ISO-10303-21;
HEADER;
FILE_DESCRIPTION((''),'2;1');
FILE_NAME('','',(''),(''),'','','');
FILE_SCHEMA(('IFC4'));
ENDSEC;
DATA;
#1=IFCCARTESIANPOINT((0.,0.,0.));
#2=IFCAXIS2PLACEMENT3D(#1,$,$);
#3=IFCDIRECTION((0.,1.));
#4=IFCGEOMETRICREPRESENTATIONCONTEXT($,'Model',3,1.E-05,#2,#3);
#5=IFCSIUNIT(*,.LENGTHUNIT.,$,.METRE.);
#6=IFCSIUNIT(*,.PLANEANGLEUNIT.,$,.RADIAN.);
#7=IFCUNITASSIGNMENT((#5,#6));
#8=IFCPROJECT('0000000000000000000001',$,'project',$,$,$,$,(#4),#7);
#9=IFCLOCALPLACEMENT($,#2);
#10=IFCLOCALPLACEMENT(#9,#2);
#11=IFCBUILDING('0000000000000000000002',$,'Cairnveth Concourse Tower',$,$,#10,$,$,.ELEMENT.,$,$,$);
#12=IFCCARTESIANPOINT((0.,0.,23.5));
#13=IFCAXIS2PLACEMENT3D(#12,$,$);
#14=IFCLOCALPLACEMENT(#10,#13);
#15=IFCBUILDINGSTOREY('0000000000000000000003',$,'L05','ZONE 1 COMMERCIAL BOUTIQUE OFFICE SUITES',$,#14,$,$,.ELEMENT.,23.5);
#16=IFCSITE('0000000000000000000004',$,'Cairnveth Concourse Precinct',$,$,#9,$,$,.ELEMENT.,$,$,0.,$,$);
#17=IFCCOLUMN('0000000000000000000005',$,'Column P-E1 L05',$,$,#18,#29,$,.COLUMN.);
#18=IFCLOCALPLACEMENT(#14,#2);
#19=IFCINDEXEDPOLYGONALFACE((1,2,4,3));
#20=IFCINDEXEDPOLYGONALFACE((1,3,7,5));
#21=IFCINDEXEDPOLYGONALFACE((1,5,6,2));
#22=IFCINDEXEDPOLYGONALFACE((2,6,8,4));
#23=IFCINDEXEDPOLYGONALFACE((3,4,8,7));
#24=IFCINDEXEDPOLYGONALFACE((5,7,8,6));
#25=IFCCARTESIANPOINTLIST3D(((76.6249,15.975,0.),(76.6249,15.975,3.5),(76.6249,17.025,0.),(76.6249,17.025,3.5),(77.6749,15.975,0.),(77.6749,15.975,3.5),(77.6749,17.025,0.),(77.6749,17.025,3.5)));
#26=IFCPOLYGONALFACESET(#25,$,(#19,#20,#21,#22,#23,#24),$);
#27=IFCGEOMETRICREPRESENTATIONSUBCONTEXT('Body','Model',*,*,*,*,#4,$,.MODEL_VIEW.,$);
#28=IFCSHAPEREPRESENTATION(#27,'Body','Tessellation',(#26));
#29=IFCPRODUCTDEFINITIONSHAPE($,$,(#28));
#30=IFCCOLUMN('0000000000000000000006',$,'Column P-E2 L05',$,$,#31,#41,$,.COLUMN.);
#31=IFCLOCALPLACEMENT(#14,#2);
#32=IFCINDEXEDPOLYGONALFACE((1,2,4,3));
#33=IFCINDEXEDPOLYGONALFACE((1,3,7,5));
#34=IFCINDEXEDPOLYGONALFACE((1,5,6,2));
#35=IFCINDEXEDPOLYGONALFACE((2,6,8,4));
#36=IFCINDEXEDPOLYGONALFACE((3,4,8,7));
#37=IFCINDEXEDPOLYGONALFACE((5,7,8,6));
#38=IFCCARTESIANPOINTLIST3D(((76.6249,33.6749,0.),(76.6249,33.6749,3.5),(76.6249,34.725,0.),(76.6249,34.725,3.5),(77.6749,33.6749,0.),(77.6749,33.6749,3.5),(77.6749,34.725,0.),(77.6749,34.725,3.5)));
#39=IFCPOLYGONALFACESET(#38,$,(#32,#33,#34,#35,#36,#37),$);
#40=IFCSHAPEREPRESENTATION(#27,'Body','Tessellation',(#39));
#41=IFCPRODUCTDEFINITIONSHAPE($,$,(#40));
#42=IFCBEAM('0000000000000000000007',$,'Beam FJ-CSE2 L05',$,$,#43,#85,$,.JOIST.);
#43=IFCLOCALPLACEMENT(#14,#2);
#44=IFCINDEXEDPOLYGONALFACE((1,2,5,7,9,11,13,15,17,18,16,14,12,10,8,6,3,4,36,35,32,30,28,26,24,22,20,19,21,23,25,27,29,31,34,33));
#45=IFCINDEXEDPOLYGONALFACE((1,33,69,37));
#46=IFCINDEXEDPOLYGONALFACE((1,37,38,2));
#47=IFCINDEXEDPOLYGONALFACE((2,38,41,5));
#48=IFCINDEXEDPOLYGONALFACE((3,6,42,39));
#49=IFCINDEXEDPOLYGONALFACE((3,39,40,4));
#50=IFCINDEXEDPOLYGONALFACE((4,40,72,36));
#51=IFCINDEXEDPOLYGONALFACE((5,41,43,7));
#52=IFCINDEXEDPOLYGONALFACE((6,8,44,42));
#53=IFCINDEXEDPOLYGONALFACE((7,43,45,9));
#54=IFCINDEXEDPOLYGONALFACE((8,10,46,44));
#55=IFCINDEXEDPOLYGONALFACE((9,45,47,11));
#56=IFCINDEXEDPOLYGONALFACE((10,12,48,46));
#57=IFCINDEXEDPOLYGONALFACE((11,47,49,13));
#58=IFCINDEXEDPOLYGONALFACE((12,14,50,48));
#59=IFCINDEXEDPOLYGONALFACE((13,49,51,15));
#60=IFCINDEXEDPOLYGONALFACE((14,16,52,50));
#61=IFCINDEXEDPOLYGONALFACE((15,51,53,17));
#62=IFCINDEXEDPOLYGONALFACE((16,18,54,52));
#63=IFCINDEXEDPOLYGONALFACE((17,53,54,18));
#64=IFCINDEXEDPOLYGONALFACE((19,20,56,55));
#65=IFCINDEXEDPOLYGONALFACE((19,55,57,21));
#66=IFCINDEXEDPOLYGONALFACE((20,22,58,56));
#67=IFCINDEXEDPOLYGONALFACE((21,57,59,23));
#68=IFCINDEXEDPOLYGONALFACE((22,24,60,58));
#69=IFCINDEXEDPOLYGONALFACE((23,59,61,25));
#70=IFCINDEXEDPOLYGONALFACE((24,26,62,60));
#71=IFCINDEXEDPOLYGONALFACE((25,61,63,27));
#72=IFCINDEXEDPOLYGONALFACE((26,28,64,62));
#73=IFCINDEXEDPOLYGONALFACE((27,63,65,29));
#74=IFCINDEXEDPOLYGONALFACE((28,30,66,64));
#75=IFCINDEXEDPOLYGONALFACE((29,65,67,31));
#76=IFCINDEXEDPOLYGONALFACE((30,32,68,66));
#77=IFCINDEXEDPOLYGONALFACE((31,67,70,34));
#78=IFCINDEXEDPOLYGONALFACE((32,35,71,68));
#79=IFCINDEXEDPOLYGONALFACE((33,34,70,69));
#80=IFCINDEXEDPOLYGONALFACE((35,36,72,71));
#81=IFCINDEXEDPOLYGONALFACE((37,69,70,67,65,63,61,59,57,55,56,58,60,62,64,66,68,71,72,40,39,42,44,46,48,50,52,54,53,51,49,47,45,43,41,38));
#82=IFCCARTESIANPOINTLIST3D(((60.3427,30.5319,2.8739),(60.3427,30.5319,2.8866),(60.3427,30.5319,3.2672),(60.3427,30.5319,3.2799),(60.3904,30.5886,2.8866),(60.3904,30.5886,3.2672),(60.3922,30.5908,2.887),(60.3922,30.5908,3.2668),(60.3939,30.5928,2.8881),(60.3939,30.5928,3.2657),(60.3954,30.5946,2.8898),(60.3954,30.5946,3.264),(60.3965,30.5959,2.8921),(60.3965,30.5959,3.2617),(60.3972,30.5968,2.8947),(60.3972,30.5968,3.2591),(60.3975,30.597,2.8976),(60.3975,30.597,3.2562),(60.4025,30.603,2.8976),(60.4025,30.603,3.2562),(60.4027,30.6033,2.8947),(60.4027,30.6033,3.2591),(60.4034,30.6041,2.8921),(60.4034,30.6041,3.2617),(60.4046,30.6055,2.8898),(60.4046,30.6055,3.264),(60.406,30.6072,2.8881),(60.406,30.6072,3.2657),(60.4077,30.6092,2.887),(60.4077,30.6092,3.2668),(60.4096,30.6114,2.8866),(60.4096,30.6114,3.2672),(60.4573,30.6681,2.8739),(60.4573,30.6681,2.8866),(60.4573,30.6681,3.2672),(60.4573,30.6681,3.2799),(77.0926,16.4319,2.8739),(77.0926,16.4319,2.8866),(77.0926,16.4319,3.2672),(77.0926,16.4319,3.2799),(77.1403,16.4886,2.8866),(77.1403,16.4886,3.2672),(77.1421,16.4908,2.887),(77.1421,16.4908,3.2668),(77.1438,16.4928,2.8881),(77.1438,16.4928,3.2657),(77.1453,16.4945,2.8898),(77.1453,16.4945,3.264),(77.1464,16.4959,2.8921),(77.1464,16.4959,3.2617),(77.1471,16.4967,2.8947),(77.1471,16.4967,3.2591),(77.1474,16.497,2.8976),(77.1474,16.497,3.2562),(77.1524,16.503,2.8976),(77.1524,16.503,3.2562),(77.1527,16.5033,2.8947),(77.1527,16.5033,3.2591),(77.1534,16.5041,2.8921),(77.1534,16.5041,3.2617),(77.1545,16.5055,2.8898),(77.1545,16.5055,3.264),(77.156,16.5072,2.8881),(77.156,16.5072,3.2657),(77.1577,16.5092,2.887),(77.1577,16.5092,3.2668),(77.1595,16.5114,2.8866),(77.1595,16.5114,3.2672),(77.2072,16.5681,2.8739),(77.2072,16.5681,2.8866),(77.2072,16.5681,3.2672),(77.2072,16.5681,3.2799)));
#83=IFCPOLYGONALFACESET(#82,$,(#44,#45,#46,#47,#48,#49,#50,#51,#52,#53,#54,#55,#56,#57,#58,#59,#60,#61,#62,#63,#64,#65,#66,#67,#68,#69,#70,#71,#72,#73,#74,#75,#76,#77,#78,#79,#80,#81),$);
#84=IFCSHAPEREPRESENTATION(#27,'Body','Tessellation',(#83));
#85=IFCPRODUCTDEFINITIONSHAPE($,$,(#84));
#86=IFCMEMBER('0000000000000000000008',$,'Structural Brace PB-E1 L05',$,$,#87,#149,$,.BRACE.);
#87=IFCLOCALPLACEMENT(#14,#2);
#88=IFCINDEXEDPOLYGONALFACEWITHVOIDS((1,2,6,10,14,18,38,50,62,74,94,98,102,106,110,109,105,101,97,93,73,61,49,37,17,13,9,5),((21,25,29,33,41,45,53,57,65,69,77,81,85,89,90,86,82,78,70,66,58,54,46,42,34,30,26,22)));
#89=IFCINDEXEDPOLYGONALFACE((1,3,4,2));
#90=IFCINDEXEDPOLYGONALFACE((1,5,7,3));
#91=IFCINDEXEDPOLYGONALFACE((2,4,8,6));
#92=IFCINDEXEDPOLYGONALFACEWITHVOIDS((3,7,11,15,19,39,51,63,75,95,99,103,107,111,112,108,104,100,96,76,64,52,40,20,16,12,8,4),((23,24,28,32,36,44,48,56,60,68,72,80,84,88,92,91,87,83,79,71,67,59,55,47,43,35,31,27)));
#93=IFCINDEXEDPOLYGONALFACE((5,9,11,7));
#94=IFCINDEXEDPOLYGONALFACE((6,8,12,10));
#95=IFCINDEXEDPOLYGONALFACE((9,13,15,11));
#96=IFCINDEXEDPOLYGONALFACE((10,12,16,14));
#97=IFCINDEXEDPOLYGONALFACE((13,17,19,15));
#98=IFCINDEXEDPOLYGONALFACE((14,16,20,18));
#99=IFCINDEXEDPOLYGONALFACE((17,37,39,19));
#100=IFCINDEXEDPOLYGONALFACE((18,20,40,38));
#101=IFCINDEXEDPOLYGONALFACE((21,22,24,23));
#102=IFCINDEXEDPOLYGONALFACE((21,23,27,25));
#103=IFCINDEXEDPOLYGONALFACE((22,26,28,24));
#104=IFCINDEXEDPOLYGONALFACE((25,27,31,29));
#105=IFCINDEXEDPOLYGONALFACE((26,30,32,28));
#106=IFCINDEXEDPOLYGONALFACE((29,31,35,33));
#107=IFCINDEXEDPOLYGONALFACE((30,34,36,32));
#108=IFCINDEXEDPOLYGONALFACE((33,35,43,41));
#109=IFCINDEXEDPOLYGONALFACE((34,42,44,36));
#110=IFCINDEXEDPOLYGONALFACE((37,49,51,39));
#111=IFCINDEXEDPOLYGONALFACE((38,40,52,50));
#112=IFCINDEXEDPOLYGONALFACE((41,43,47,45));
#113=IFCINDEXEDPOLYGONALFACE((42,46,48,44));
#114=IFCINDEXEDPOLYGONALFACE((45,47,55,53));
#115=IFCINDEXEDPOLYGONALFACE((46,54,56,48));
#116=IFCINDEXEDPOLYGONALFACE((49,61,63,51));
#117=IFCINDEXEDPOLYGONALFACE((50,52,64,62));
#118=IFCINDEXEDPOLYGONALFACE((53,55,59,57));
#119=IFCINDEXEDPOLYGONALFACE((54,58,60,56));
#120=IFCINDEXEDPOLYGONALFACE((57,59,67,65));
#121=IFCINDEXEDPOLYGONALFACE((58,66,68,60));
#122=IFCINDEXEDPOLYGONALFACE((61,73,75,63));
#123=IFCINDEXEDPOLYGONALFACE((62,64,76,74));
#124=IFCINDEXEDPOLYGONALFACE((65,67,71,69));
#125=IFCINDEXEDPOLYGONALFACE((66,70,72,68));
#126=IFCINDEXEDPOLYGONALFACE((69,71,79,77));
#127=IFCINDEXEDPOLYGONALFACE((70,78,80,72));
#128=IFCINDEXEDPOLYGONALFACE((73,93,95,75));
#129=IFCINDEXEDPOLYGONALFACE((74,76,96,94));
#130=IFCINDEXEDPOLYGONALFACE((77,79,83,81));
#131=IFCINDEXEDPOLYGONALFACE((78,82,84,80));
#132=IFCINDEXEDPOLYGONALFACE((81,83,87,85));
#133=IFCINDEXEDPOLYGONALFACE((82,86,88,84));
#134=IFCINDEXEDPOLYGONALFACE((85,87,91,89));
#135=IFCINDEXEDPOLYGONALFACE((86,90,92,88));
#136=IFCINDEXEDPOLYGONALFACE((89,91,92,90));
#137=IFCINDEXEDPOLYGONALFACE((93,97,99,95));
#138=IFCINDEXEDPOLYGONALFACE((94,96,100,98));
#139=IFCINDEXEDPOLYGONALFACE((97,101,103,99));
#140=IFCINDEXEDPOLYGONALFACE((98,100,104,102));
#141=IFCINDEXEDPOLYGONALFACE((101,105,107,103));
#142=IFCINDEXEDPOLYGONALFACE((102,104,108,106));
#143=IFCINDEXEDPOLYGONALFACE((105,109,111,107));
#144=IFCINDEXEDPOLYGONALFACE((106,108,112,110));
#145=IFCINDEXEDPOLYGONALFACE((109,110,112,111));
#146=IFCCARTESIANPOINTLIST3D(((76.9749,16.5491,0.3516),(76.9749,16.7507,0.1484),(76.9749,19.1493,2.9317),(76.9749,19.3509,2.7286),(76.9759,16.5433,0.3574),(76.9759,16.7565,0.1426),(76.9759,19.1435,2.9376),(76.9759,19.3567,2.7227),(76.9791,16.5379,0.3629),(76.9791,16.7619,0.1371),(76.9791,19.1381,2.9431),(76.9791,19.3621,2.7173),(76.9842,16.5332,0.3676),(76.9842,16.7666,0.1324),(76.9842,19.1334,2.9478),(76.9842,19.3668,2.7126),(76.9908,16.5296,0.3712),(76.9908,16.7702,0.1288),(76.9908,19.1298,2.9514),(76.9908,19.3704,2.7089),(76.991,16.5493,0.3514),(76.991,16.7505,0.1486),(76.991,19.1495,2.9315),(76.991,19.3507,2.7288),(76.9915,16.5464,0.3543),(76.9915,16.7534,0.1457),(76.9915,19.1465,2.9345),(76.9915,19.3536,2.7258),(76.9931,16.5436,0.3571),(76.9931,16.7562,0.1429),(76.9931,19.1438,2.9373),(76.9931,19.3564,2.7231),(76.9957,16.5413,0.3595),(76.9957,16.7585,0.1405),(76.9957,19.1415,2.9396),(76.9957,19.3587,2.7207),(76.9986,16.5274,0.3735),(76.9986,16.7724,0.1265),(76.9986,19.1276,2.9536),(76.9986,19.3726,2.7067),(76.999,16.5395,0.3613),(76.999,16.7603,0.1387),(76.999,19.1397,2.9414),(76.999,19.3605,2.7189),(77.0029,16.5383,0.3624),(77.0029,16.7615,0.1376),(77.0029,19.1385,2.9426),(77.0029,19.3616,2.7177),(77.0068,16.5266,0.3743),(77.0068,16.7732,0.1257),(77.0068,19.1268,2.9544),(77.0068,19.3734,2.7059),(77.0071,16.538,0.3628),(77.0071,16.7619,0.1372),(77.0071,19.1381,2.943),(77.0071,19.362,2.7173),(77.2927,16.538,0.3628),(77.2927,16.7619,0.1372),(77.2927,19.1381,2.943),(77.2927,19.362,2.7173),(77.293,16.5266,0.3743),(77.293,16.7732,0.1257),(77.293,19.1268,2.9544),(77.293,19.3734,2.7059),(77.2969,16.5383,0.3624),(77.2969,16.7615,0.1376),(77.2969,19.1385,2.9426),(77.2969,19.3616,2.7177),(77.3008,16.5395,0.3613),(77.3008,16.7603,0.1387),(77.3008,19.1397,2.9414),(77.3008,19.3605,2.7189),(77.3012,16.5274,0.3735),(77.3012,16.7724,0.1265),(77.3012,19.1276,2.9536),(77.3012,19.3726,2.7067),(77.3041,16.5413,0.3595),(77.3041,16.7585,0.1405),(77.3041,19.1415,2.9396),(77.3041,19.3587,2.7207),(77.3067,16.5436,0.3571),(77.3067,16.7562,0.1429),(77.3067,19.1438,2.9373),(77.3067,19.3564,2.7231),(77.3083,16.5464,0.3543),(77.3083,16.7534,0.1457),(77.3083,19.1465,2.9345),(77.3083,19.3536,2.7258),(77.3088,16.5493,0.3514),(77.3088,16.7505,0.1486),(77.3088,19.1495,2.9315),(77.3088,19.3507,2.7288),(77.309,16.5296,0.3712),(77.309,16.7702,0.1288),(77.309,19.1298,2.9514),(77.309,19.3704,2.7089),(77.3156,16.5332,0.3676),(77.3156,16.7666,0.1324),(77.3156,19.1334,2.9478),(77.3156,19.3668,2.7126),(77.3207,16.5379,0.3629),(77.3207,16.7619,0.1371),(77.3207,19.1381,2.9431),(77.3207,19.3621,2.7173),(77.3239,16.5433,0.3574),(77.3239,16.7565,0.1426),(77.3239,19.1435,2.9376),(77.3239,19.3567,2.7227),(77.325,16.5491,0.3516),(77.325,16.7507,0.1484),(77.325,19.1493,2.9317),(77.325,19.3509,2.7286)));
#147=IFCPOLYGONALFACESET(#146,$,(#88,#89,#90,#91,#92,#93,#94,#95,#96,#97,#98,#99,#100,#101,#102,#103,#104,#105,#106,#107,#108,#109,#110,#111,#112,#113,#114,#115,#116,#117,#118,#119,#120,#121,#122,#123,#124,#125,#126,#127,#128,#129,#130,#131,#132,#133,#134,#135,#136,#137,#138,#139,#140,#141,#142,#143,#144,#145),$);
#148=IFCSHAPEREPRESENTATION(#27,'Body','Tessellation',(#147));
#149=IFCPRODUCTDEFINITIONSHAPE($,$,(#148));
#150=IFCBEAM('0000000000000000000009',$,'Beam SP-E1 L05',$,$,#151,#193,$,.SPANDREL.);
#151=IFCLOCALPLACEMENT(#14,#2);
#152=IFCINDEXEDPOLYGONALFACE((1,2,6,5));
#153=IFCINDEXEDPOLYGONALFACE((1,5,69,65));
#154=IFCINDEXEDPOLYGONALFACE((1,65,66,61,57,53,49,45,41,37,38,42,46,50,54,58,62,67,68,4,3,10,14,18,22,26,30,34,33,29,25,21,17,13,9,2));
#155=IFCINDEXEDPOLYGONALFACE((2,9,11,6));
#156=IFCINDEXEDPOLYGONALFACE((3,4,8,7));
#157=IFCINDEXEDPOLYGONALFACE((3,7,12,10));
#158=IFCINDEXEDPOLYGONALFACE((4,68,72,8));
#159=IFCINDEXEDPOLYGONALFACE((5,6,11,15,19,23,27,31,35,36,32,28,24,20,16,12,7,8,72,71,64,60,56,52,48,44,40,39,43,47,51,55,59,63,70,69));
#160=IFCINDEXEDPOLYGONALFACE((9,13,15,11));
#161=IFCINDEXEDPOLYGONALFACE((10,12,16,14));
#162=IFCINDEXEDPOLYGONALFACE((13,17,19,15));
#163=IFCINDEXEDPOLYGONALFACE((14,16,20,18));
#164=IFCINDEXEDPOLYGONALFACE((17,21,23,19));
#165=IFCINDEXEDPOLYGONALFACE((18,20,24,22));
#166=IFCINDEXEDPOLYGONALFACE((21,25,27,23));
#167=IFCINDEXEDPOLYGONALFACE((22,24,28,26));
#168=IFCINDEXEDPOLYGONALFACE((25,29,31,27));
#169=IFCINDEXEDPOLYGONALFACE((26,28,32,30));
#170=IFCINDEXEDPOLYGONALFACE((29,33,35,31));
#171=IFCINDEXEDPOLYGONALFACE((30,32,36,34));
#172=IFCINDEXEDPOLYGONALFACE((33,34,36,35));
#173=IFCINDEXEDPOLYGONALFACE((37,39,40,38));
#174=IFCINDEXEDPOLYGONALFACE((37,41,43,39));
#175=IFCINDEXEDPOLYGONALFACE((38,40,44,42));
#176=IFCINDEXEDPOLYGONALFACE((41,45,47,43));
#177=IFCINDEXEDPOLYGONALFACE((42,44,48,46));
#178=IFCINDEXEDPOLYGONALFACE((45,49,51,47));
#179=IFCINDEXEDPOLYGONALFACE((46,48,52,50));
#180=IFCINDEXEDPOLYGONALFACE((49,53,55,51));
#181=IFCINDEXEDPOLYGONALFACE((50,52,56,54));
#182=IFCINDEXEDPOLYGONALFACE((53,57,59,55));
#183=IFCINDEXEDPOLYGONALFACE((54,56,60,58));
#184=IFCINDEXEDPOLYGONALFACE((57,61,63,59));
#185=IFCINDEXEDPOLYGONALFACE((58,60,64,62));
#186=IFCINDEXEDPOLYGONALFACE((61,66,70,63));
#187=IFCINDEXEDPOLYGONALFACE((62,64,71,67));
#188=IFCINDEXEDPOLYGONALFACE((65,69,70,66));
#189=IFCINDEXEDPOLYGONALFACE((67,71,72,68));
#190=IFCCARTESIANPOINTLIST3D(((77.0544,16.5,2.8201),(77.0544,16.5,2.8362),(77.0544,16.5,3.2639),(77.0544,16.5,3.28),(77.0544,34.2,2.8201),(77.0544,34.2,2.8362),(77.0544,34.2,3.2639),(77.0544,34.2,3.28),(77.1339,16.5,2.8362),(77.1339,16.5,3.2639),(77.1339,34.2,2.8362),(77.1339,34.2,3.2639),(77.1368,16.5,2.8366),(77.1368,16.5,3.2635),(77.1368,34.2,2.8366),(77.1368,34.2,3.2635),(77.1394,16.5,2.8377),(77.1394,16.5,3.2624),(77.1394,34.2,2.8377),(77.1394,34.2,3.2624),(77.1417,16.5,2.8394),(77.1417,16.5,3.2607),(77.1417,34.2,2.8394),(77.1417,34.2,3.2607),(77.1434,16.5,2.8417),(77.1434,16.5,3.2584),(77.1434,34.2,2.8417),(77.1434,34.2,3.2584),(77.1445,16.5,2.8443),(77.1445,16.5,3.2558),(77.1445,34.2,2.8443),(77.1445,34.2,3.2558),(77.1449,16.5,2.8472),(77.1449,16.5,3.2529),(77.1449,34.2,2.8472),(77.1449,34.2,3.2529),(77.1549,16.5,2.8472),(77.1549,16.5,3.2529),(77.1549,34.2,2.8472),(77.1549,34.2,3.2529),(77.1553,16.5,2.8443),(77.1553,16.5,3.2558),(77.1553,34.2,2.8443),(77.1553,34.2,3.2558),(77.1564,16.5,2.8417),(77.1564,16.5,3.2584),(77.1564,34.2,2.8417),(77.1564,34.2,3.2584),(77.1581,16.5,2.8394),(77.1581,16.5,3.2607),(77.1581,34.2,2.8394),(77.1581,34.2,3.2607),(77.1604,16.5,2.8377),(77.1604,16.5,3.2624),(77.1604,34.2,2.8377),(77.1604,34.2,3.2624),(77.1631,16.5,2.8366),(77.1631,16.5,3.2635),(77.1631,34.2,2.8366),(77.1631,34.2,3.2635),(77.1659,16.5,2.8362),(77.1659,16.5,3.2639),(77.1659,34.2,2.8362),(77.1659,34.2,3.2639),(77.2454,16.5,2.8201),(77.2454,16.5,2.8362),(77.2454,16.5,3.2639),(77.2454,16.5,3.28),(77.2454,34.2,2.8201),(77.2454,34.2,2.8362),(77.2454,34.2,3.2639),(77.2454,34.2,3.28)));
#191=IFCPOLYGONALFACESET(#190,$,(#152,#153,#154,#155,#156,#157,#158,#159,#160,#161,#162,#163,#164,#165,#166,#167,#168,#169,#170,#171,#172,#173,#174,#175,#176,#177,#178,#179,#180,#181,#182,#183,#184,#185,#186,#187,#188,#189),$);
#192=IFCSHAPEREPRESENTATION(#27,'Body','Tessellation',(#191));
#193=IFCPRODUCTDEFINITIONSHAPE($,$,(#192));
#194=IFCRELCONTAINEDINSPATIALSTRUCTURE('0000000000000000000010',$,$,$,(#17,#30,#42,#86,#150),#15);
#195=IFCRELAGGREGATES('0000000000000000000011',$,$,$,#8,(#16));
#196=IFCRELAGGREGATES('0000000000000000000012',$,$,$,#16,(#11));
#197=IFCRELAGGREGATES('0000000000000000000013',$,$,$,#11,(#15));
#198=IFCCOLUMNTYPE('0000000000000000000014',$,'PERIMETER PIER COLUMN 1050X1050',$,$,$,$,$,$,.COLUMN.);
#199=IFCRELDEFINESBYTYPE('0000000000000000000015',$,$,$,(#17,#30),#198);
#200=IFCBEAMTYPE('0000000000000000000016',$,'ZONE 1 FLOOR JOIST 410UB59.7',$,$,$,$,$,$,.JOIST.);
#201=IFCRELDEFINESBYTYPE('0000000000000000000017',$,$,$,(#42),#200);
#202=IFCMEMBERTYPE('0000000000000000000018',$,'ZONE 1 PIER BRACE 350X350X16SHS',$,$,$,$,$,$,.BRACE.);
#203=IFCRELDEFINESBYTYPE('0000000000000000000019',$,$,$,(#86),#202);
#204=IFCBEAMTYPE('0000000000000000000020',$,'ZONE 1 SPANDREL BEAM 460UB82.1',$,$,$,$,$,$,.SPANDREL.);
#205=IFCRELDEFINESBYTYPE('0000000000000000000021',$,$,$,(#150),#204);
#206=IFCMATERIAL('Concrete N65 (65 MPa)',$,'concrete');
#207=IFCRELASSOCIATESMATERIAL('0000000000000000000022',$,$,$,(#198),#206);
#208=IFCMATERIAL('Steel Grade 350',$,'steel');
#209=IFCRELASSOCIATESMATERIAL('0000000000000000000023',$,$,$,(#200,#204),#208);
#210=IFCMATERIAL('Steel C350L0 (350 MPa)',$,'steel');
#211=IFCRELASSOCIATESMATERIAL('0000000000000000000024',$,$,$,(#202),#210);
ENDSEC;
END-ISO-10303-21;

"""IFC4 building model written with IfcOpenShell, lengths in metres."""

from ifc_helpers import new_model, si_unit, direction, frame, origin, origin_2d, place, context, subcontext, project, spatial, rectangle, hollow_rectangle, i_section, extrude, material, material_profile, profile_set, type_object, element, save


model = new_model("IFC4")

# Units and contexts
model_context = context("Model", 3, precision=1e-05, world=origin(), true_north=direction((0.0, 1.0)))
body_context = subcontext(model_context, "Body", "Model", "MODEL_VIEW")
ifc_project = project(units=[si_unit("LENGTHUNIT", "METRE"), si_unit("PLANEANGLEUNIT", "RADIAN")], contexts=[model_context])

# Site, building, storey
site_placement = place(None, origin())
site = spatial("IfcSite", under=ifc_project, at=site_placement, Name="Cairnveth Concourse Precinct", CompositionType="ELEMENT", RefElevation=0.0)
building_placement = place(site_placement, origin())
building = spatial("IfcBuilding", under=site, at=building_placement, Name="Cairnveth Concourse Tower", CompositionType="ELEMENT")
storey_placement = place(building_placement, frame((0.0, 0.0, 23.5)))
storey = spatial("IfcBuildingStorey", under=building, at=storey_placement, Name="L05", Description="ZONE 1 COMMERCIAL BOUTIQUE OFFICE SUITES", CompositionType="ELEMENT", Elevation=23.5)

# Columns
ifc_material_1 = material(Name="Concrete N65 (65 MPa)", Category="concrete")
ifc_material_profile_1 = material_profile(ifc_material_1, rectangle(XDim=1.05, YDim=1.05, at=origin_2d()), Name="RC-COL-1050x1050")
ifc_profile_set_1 = profile_set([ifc_material_profile_1], Name="Concrete N65 (65 MPa)")
column_type = type_object("IfcColumnType", Name="PERIMETER PIER COLUMN 1050X1050", PredefinedType="COLUMN", material=ifc_profile_set_1)
for number, where, z_axis, x_axis, name in (
    (1, (77.1499, 16.5, 0.0), (0.0, 0.0, 1.0), (0.0, 1.0, 0.0), "Column P-E1 L05"),
    (2, (77.1499, 34.2, 0.0), (0.0, 0.0, 1.0), (0.0, 1.0, 0.0), "Column P-E2 L05"),
):
    element("IfcColumn", number, at=place(storey_placement, frame(where, z_axis=z_axis, x_axis=x_axis)), inside=storey, type_object=column_type, Name=name, PredefinedType="COLUMN", context=body_context, shape_type="SweptSolid", body=[
        extrude(rectangle(XDim=1.05, YDim=1.05, at=origin_2d()), origin(), (0.0, 0.0, 1.0), 3.5),
    ])

# Beam
ifc_material_2 = material(Name="Steel Grade 350", Category="steel")
ifc_material_profile_2 = material_profile(ifc_material_2, i_section(OverallWidth=0.178, OverallDepth=0.406, WebThickness=0.0078, FlangeThickness=0.0127, FilletRadius=0.011, at=origin_2d()), Name="410UB59.7")
ifc_profile_set_2 = profile_set([ifc_material_profile_2], Name="Steel Grade 350")
beam_type_1 = type_object("IfcBeamType", Name="ZONE 1 FLOOR JOIST 410UB59.7", PredefinedType="JOIST", material=ifc_profile_set_2)
beam_1_placement = place(storey_placement, frame((77.1499, 16.5, 3.0769), z_axis=(-0.765027, 0.643998, 0.0), x_axis=(-0.643998, -0.765027, 0.0)))
element("IfcBeam", 3, at=beam_1_placement, inside=storey, type_object=beam_type_1, Name="Beam FJ-CSE2 L05", PredefinedType="JOIST", context=body_context, shape_type="SweptSolid", body=[
    extrude(i_section(OverallWidth=0.178, OverallDepth=0.406, WebThickness=0.0078, FlangeThickness=0.0127, FilletRadius=0.011, at=origin_2d()), origin(), (0.0, 0.0, 1.0), 21.8945),
])

# Member
ifc_material_3 = material(Name="Steel C350L0 (350 MPa)", Category="steel")
ifc_material_profile_3 = material_profile(ifc_material_3, hollow_rectangle(XDim=0.3501, YDim=0.3501, WallThickness=0.0161, InnerFilletRadius=0.0161, OuterFilletRadius=0.032, at=origin_2d()), Name="350x350x16.0SHS")
ifc_profile_set_3 = profile_set([ifc_material_profile_3], Name="Steel C350L0 (350 MPa)")
member_type = type_object("IfcMemberType", Name="ZONE 1 PIER BRACE 350X350X16SHS", PredefinedType="BRACE", material=ifc_profile_set_3)
member_placement = place(storey_placement, frame((77.1499, 16.6499, 0.25), z_axis=(0.0, 0.709834, 0.704369), x_axis=(-1.0, 0.0, 0.0)))
element("IfcMember", 4, at=member_placement, inside=storey, type_object=member_type, Name="Structural Brace PB-E1 L05", PredefinedType="BRACE", context=body_context, shape_type="SweptSolid", body=[
    extrude(hollow_rectangle(XDim=0.3501, YDim=0.3501, WallThickness=0.0161, InnerFilletRadius=0.0161, OuterFilletRadius=0.032, at=origin_2d()), origin(), (0.0, 0.0, 1.0), 3.6631),
])

# Beam
ifc_material_profile_4 = material_profile(ifc_material_2, i_section(OverallWidth=0.1909, OverallDepth=0.46, WebThickness=0.01, FlangeThickness=0.0161, FilletRadius=0.011, at=origin_2d()), Name="460UB82.1")
ifc_profile_set_4 = profile_set([ifc_material_profile_4], Name="Steel Grade 350")
beam_type_2 = type_object("IfcBeamType", Name="ZONE 1 SPANDREL BEAM 460UB82.1", PredefinedType="SPANDREL", material=ifc_profile_set_4)
beam_2_placement = place(storey_placement, frame((77.1499, 16.5, 3.05), z_axis=(0.0, 1.0, 0.0), x_axis=(-1.0, 0.0, 0.0)))
element("IfcBeam", 5, at=beam_2_placement, inside=storey, type_object=beam_type_2, Name="Beam SP-E1 L05", PredefinedType="SPANDREL", context=body_context, shape_type="SweptSolid", body=[
    extrude(i_section(OverallWidth=0.1909, OverallDepth=0.46, WebThickness=0.01, FlangeThickness=0.0161, FilletRadius=0.011, at=origin_2d()), origin(), (0.0, 0.0, 1.0), 17.7),
])

save(model, "model.ifc")
